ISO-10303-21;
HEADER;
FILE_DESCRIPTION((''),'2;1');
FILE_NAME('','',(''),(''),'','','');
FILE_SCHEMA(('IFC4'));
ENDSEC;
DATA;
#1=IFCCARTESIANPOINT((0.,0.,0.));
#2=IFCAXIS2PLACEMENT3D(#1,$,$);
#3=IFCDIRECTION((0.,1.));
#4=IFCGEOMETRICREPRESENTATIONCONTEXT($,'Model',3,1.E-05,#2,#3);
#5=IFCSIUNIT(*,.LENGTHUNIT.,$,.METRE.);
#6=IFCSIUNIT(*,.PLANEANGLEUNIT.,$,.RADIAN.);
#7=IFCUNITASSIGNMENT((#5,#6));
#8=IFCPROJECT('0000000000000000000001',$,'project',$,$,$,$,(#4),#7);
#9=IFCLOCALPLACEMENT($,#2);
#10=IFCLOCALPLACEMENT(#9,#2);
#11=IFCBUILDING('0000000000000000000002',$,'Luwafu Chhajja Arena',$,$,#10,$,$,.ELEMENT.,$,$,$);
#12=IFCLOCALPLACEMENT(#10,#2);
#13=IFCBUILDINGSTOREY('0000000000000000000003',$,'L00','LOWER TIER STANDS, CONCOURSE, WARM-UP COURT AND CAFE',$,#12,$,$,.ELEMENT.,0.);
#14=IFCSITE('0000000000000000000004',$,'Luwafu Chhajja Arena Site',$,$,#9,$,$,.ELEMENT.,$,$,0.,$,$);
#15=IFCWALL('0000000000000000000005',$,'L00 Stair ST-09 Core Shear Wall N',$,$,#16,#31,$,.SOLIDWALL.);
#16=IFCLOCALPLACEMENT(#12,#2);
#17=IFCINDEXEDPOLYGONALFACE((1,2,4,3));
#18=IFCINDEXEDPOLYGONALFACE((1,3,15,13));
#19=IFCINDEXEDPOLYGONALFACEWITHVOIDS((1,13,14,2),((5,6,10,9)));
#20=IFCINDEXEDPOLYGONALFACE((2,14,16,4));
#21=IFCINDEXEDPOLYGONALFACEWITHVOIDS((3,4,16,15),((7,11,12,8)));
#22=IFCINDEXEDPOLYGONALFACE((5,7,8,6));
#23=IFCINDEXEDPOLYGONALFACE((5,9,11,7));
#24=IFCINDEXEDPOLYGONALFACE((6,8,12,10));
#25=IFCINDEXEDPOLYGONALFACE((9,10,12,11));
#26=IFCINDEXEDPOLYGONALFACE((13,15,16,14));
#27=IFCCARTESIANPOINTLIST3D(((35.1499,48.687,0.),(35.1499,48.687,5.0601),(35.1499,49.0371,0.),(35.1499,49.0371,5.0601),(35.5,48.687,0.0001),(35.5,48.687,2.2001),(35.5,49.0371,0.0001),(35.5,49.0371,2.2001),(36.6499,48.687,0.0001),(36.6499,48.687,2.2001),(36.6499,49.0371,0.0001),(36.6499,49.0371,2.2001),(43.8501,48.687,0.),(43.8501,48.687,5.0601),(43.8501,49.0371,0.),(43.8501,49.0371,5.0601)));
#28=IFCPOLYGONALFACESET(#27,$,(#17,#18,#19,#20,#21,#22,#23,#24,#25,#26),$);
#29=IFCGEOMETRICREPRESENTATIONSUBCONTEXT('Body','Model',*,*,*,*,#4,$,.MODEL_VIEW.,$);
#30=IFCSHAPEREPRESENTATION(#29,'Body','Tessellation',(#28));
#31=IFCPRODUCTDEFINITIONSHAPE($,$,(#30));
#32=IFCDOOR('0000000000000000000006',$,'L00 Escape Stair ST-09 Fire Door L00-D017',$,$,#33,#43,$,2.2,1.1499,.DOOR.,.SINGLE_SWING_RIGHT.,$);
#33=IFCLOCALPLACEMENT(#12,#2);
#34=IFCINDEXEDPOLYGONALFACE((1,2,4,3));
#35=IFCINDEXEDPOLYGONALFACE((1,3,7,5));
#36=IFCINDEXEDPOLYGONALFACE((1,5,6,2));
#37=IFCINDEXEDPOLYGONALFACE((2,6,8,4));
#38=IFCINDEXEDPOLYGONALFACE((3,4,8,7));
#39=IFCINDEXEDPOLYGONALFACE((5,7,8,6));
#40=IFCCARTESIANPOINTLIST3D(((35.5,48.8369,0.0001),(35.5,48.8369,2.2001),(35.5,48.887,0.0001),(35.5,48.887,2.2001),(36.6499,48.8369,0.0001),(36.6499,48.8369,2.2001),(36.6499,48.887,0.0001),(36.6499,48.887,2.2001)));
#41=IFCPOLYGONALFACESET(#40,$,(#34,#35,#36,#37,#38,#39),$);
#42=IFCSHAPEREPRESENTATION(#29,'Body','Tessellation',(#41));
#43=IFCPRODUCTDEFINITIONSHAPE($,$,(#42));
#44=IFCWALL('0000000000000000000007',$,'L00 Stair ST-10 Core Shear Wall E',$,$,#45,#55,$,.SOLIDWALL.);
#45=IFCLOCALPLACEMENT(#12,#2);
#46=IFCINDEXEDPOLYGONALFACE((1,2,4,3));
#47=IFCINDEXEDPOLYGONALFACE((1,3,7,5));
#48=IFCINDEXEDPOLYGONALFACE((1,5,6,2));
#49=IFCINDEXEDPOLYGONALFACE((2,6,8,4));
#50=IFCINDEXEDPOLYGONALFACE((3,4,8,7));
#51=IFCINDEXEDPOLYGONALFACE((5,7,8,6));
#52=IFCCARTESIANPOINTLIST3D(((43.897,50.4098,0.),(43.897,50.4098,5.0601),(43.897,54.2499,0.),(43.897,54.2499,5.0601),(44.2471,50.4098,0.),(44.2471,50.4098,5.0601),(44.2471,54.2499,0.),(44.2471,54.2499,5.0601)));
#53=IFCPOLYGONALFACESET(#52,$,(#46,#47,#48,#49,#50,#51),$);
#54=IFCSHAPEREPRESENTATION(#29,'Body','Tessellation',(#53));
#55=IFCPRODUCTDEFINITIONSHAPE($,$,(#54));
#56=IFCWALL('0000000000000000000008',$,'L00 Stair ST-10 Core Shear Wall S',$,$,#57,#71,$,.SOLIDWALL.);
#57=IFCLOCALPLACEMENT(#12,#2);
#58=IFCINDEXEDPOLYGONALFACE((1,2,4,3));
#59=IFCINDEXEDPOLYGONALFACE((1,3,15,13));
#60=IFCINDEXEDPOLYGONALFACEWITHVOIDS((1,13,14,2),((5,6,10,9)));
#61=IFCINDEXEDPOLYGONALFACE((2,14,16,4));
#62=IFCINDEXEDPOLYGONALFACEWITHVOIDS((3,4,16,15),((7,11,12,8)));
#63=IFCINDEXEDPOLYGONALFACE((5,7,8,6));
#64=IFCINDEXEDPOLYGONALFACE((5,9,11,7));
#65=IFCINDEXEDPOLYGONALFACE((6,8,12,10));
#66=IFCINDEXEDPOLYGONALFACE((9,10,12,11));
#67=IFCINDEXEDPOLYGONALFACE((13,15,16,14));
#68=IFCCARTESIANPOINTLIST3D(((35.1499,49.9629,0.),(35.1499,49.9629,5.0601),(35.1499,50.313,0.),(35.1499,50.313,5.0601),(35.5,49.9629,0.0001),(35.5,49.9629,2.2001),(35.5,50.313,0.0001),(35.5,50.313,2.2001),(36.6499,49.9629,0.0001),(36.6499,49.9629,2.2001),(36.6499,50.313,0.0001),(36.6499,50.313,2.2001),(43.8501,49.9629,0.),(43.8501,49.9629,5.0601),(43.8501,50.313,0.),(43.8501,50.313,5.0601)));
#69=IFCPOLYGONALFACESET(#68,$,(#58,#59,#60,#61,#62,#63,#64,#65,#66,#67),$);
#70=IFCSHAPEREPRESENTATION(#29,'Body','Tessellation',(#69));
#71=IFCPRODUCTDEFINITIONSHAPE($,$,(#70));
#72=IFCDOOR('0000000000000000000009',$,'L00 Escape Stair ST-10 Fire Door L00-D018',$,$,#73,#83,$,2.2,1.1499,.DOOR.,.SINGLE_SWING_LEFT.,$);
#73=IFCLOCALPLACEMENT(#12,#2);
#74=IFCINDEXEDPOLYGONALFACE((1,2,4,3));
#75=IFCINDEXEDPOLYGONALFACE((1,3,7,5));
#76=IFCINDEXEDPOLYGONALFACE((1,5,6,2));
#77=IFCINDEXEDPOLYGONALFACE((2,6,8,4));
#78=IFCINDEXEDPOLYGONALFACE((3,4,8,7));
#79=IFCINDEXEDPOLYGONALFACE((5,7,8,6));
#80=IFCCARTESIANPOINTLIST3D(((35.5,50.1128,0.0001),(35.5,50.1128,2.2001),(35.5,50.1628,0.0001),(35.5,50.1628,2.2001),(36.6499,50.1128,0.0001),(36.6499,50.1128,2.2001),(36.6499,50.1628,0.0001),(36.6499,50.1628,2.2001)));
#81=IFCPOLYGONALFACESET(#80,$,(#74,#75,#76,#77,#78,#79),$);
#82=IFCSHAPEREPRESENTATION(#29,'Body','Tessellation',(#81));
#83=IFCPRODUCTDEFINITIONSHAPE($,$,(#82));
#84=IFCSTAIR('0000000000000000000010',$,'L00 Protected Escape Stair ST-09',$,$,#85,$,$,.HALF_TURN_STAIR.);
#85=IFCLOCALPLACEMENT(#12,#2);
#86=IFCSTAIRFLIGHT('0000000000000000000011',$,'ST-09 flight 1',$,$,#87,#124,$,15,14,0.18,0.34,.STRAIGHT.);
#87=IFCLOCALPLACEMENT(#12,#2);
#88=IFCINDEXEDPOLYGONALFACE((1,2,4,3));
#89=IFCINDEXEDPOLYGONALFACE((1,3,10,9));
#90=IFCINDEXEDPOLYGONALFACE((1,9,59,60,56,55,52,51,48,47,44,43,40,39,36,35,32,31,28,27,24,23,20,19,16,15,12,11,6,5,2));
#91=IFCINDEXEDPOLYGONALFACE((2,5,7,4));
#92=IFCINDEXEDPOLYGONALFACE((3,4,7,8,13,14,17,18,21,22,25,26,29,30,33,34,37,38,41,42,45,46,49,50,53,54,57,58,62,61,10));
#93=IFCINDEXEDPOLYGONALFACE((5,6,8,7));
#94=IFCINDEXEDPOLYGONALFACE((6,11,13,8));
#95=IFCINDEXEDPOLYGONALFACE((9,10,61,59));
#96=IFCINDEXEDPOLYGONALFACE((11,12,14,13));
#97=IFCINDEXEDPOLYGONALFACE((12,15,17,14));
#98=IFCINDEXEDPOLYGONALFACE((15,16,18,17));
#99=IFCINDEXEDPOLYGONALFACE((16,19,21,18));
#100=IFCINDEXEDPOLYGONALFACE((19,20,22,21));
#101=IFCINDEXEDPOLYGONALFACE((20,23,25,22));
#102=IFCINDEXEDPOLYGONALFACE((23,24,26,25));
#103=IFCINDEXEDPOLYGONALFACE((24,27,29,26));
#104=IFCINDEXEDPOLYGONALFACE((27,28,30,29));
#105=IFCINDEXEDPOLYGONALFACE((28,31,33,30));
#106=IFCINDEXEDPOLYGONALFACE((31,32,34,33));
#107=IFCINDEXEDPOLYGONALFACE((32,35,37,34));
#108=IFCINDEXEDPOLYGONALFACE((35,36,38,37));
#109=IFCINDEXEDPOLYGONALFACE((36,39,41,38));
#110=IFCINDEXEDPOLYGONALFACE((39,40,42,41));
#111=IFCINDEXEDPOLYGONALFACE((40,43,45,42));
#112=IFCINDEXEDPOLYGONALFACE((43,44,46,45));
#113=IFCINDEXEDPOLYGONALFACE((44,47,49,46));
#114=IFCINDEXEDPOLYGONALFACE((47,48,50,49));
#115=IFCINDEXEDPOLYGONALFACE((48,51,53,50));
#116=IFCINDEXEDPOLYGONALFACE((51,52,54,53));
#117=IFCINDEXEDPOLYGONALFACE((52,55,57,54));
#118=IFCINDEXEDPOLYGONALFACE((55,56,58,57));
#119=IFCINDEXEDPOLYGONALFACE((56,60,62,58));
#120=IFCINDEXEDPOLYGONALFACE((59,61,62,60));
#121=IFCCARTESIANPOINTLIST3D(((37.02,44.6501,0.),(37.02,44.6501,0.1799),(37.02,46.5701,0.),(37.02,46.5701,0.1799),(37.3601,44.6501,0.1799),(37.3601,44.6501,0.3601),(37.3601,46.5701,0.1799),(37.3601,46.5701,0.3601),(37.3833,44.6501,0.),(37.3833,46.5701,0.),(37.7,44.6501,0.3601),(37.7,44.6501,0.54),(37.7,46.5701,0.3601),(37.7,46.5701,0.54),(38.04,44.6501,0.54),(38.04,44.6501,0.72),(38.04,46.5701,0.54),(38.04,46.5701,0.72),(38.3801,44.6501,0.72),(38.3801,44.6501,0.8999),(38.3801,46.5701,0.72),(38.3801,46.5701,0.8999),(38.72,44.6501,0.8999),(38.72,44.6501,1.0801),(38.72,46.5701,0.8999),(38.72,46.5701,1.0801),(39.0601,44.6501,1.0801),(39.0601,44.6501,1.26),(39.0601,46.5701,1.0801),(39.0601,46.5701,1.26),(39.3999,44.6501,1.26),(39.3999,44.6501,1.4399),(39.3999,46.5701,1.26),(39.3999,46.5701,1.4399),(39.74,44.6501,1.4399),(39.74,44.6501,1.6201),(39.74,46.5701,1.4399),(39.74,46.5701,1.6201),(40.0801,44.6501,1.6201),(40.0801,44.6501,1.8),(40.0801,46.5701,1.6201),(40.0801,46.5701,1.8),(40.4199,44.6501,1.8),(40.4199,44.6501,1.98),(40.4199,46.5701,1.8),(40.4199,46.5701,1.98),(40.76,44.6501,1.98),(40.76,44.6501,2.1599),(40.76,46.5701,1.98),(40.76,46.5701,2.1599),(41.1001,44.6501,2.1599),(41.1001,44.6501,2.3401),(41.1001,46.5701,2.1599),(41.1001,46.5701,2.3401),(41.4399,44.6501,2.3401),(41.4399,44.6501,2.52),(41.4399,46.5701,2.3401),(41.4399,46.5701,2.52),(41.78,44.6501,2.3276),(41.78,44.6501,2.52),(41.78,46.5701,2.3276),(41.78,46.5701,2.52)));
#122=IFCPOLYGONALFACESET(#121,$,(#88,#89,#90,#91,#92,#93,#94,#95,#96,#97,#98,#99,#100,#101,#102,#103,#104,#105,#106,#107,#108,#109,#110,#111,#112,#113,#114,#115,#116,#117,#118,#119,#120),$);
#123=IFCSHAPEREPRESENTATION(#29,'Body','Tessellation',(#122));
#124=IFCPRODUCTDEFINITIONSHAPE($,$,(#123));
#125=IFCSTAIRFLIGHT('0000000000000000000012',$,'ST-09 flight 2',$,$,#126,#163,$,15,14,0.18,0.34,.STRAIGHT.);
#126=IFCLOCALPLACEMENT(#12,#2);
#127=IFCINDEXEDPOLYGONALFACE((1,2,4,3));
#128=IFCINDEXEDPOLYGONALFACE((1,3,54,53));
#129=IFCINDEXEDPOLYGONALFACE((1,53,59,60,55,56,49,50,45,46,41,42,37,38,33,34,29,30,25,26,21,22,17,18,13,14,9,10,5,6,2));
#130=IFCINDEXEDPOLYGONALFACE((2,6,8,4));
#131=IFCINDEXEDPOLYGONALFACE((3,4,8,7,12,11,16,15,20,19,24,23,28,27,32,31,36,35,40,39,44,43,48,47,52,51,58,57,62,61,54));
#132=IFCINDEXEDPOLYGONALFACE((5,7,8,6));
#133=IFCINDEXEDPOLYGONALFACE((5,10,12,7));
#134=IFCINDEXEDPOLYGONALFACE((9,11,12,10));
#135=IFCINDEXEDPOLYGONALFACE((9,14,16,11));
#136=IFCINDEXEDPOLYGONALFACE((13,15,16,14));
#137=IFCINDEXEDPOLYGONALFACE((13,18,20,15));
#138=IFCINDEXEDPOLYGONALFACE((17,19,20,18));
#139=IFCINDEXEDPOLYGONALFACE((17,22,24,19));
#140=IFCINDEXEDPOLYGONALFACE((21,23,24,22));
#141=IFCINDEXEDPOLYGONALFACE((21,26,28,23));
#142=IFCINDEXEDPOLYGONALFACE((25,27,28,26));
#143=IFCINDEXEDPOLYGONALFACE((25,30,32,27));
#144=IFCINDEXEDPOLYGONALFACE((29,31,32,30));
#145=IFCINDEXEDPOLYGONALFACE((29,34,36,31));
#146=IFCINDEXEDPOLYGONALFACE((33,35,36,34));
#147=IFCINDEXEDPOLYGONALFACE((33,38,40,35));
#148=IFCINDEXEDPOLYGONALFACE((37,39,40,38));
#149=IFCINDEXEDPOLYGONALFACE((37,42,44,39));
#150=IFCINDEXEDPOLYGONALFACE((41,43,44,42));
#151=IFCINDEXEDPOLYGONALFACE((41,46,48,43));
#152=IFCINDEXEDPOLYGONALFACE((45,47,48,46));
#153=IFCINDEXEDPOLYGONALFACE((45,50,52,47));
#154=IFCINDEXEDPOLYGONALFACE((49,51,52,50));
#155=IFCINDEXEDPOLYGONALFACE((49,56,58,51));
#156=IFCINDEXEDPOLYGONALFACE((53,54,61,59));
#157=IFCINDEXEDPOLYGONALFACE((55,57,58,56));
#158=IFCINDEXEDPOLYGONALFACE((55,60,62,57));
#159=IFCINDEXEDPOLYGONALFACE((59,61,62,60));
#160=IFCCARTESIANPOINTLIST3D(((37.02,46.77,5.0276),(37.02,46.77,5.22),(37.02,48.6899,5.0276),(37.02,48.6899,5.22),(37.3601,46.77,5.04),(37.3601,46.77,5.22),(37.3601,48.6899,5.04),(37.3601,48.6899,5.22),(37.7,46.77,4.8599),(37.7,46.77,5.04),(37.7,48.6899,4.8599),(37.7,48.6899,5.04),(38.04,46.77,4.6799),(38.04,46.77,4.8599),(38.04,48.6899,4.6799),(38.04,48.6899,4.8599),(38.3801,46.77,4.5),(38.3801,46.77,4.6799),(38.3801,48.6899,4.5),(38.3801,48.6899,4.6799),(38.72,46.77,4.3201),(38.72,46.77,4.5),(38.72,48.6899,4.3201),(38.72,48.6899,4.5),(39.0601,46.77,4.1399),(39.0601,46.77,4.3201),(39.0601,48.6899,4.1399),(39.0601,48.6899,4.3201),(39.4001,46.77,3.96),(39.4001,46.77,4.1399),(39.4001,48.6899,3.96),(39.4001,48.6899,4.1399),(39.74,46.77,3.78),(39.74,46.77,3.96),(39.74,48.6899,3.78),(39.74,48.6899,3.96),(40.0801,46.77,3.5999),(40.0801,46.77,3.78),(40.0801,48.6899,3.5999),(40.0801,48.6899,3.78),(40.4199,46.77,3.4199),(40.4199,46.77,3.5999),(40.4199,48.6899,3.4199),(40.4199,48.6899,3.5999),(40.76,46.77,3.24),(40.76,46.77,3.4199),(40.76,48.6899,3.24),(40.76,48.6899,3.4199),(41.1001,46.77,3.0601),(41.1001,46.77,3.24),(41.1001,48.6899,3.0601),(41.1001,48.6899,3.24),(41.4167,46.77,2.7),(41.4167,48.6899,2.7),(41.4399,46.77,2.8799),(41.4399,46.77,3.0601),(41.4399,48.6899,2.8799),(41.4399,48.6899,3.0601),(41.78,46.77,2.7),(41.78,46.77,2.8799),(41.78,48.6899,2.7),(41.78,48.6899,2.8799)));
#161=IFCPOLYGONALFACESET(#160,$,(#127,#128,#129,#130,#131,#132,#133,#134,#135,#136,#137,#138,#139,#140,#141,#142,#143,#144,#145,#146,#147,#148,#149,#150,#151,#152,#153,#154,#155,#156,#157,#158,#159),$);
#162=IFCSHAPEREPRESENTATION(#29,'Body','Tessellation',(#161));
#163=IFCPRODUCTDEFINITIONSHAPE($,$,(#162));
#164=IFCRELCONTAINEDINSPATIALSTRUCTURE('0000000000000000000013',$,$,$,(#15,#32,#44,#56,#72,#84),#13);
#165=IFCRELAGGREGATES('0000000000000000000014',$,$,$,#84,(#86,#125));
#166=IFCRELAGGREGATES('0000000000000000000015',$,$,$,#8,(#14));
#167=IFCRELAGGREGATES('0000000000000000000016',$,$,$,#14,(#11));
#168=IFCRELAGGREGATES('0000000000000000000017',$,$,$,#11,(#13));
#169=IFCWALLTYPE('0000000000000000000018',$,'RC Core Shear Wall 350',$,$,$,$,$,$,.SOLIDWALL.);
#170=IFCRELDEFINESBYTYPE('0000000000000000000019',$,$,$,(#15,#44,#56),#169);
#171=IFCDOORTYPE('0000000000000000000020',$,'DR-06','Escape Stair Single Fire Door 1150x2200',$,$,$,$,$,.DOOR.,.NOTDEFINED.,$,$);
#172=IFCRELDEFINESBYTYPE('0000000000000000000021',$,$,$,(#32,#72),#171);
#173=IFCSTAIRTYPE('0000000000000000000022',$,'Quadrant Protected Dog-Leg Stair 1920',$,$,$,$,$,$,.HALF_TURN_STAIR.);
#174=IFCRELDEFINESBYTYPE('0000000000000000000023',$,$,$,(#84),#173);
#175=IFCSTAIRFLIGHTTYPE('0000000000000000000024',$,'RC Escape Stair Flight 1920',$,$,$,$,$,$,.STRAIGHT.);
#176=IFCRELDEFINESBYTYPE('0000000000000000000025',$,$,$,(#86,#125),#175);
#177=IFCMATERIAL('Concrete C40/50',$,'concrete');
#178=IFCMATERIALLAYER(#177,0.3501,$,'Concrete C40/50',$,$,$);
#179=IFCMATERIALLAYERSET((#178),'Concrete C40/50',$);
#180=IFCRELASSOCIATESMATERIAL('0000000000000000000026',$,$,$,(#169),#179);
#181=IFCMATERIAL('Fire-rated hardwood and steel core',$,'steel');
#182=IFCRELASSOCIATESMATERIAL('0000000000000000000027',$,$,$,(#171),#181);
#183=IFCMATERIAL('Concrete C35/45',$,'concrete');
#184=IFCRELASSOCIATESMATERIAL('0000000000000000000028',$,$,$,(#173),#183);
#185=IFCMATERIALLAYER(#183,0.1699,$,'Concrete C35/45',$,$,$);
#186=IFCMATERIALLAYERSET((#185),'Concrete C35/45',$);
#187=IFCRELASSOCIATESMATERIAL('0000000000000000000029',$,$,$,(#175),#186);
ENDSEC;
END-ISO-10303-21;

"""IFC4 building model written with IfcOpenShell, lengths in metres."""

from ifc_helpers import new_model, si_unit, direction, frame, frame_2d, origin, place, context, subcontext, project, spatial, polyline, rectangle, outline, extrude, material, layer, layer_set, type_object, element, fill, aggregate, save


model = new_model("IFC4")

# Units and contexts
model_context = context("Model", 3, precision=1e-05, world=origin(), true_north=direction((0.0, 1.0)))
body_context = subcontext(model_context, "Body", "Model", "MODEL_VIEW")
ifc_project = project(units=[si_unit("LENGTHUNIT", "METRE"), si_unit("PLANEANGLEUNIT", "RADIAN")], contexts=[model_context])

# Site, building, storey
site_placement = place(None, origin())
site = spatial("IfcSite", under=ifc_project, at=site_placement, Name="Luwafu Chhajja Arena Site", CompositionType="ELEMENT", RefElevation=0.0)
building_placement = place(site_placement, origin())
building = spatial("IfcBuilding", under=site, at=building_placement, Name="Luwafu Chhajja Arena", CompositionType="ELEMENT")
storey_placement = place(building_placement, origin())
storey = spatial("IfcBuildingStorey", under=building, at=storey_placement, Name="L00", Description="LOWER TIER STANDS, CONCOURSE, WARM-UP COURT AND CAFE", CompositionType="ELEMENT", Elevation=0.0)

# Wall, opening, door
ifc_material_1 = material(Name="Concrete C40/50", Category="concrete")
ifc_layer_1 = layer(ifc_material_1, 0.3501, Name="Concrete C40/50")
ifc_layer_set_1 = layer_set([ifc_layer_1], Name="Concrete C40/50")
wall_type = type_object("IfcWallType", Name="RC Core Shear Wall 350", PredefinedType="SOLIDWALL", material=ifc_layer_set_1)
wall_1_placement = place(storey_placement, frame((35.1499, 48.8621, 0.0), z_axis=(0.0, 0.0, 1.0), x_axis=(1.0, 0.0, 0.0)))
wall_1 = element("IfcWall", 1, at=wall_1_placement, inside=storey, type_object=wall_type, Name="L00 Stair ST-09 Core Shear Wall N", PredefinedType="SOLIDWALL", context=body_context, shape_type="SweptSolid", body=[
    extrude(rectangle(XDim=8.7002, YDim=0.3501, at=frame_2d((4.3501, 0.0))), origin(), (0.0, 0.0, 1.0), 5.0601),
])
opening_1_placement = place(wall_1_placement, frame((0.3501, 0.0, 0.0)))
opening_1 = element("IfcOpeningElement", 2, at=opening_1_placement, cuts=wall_1, PredefinedType="OPENING", context=body_context, shape_type="SweptSolid", body=[
    extrude(rectangle(XDim=1.1499, YDim=2.2, at=frame_2d((0.575, 1.1001))), frame((0.0, 0.1851, 0.0), z_axis=(0.0, -1.0, 0.0), x_axis=(1.0, 0.0, 0.0)), (0.0, 0.0, 1.0), 0.3701),
])
ifc_material_2 = material(Name="Fire-rated hardwood and steel core", Category="steel")
door_type = type_object("IfcDoorType", Name="DR-06", Description="Escape Stair Single Fire Door 1150x2200", OperationType="NOTDEFINED", PredefinedType="DOOR", material=ifc_material_2)
door_1_placement = place(opening_1_placement, origin())
door_1 = element("IfcDoor", 3, at=door_1_placement, inside=storey, type_object=door_type, Name="L00 Escape Stair ST-09 Fire Door L00-D017", OperationType="SINGLE_SWING_RIGHT", OverallHeight=2.2, OverallWidth=1.1499, PredefinedType="DOOR", context=body_context, shape_type="SweptSolid", body=[
    extrude(rectangle(XDim=1.1499, YDim=2.2, at=frame_2d((0.575, 1.1001))), frame((0.0, 0.0249, 0.0), z_axis=(0.0, -1.0, 0.0), x_axis=(1.0, 0.0, 0.0)), (0.0, 0.0, 1.0), 0.05),
])
fill(opening_1, door_1)

# Wall
wall_2_placement = place(storey_placement, frame((44.072, 50.4099, 0.0), z_axis=(0.0, 0.0, 1.0), x_axis=(0.0, 1.0, 0.0)))
element("IfcWall", 4, at=wall_2_placement, inside=storey, type_object=wall_type, Name="L00 Stair ST-10 Core Shear Wall E", PredefinedType="SOLIDWALL", context=body_context, shape_type="SweptSolid", body=[
    extrude(rectangle(XDim=3.8401, YDim=0.3501, at=frame_2d((1.9199, 0.0))), origin(), (0.0, 0.0, 1.0), 5.0601),
])

# Wall, opening, door
wall_3_placement = place(storey_placement, frame((35.1499, 50.1379, 0.0), z_axis=(0.0, 0.0, 1.0), x_axis=(1.0, 0.0, 0.0)))
wall_3 = element("IfcWall", 5, at=wall_3_placement, inside=storey, type_object=wall_type, Name="L00 Stair ST-10 Core Shear Wall S", PredefinedType="SOLIDWALL", context=body_context, shape_type="SweptSolid", body=[
    extrude(rectangle(XDim=8.7002, YDim=0.3501, at=frame_2d((4.3501, 0.0))), origin(), (0.0, 0.0, 1.0), 5.0601),
])
opening_2_placement = place(wall_3_placement, frame((0.3501, 0.0, 0.0)))
opening_2 = element("IfcOpeningElement", 6, at=opening_2_placement, cuts=wall_3, PredefinedType="OPENING", context=body_context, shape_type="SweptSolid", body=[
    extrude(rectangle(XDim=1.1499, YDim=2.2, at=frame_2d((0.575, 1.1001))), frame((0.0, 0.1851, 0.0), z_axis=(0.0, -1.0, 0.0), x_axis=(1.0, 0.0, 0.0)), (0.0, 0.0, 1.0), 0.3701),
])
door_2_placement = place(opening_2_placement, origin())
door_2 = element("IfcDoor", 7, at=door_2_placement, inside=storey, type_object=door_type, Name="L00 Escape Stair ST-10 Fire Door L00-D018", OperationType="SINGLE_SWING_LEFT", OverallHeight=2.2, OverallWidth=1.1499, PredefinedType="DOOR", context=body_context, shape_type="SweptSolid", body=[
    extrude(rectangle(XDim=1.1499, YDim=2.2, at=frame_2d((0.575, 1.1001))), frame((0.0, 0.0249, 0.0), z_axis=(0.0, -1.0, 0.0), x_axis=(1.0, 0.0, 0.0)), (0.0, 0.0, 1.0), 0.05),
])
fill(opening_2, door_2)

# Stair, stair flights
ifc_material_3 = material(Name="Concrete C35/45", Category="concrete")
stair_type = type_object("IfcStairType", Name="Quadrant Protected Dog-Leg Stair 1920", PredefinedType="HALF_TURN_STAIR", material=ifc_material_3)
stair_1_placement = place(storey_placement, origin())
stair_1 = element("IfcStair", 8, at=stair_1_placement, inside=storey, type_object=stair_type, Name="L00 Protected Escape Stair ST-09", PredefinedType="HALF_TURN_STAIR")
ifc_layer_2 = layer(ifc_material_3, 0.1699, Name="Concrete C35/45")
ifc_layer_set_2 = layer_set([ifc_layer_2], Name="Concrete C35/45")
stair_flight_type = type_object("IfcStairFlightType", Name="RC Escape Stair Flight 1920", PredefinedType="STRAIGHT", material=ifc_layer_set_2)
stair_flight_1_placement = place(storey_placement, frame((37.02, 45.6101, 0.0), z_axis=(0.0, 0.0, 1.0), x_axis=(1.0, 0.0, 0.0)))
stair_flight_1 = element("IfcStairFlight", 9, at=stair_flight_1_placement, type_object=stair_flight_type, Name="ST-09 flight 1", NumberOfRisers=15, NumberOfTreads=14, PredefinedType="STRAIGHT", RiserHeight=0.18, TreadLength=0.34, context=body_context, shape_type="SweptSolid", body=[
    extrude(outline(polyline([(0.0, 0.0), (0.0, 0.1799), (0.3401, 0.1799), (0.3401, 0.3601), (0.6799, 0.3601), (0.6799, 0.54), (1.02, 0.54), (1.02, 0.72), (1.3601, 0.72), (1.3601, 0.8999), (1.7, 0.8999), (1.7, 1.0801), (2.04, 1.0801), (2.04, 1.26), (2.3799, 1.26), (2.3799, 1.4399), (2.72, 1.4399), (2.72, 1.6201), (3.0601, 1.6201), (3.0601, 1.8), (3.3999, 1.8), (3.3999, 1.98), (3.74, 1.98), (3.74, 2.1599), (4.0801, 2.1599), (4.0801, 2.3401), (4.4199, 2.3401), (4.4199, 2.52), (4.76, 2.52), (4.76, 2.7), (4.76, 2.3276), (0.3633, 0.0), (0.0, 0.0)])), frame((0.0, 0.96, 0.0), z_axis=(0.0, -1.0, 0.0), x_axis=(1.0, 0.0, 0.0)), (0.0, 0.0, 1.0), 1.9199),
])
stair_flight_2_placement = place(storey_placement, frame((41.78, 47.73, 2.7), z_axis=(0.0, 0.0, 1.0), x_axis=(-1.0, 0.0, 0.0)))
stair_flight_2 = element("IfcStairFlight", 10, at=stair_flight_2_placement, type_object=stair_flight_type, Name="ST-09 flight 2", NumberOfRisers=15, NumberOfTreads=14, PredefinedType="STRAIGHT", RiserHeight=0.18, TreadLength=0.34, context=body_context, shape_type="SweptSolid", body=[
    extrude(outline(polyline([(0.0, 0.0), (0.0, 0.1799), (0.3401, 0.1799), (0.3401, 0.3601), (0.6799, 0.3601), (0.6799, 0.54), (1.02, 0.54), (1.02, 0.72), (1.3601, 0.72), (1.3601, 0.8999), (1.7, 0.8999), (1.7, 1.0801), (2.04, 1.0801), (2.04, 1.26), (2.3799, 1.26), (2.3799, 1.4399), (2.72, 1.4399), (2.72, 1.6201), (3.0601, 1.6201), (3.0601, 1.8), (3.3999, 1.8), (3.3999, 1.98), (3.74, 1.98), (3.74, 2.1599), (4.0801, 2.1599), (4.0801, 2.3401), (4.4199, 2.3401), (4.4199, 2.52), (4.76, 2.52), (4.76, 2.7), (4.76, 2.3276), (0.3633, 0.0), (0.0, 0.0)])), frame((0.0, 0.96, 0.0), z_axis=(0.0, -1.0, 0.0), x_axis=(1.0, 0.0, 0.0)), (0.0, 0.0, 1.0), 1.9199),
])
aggregate(stair_1, [stair_flight_1, stair_flight_2])

save(model, "model.ifc")
